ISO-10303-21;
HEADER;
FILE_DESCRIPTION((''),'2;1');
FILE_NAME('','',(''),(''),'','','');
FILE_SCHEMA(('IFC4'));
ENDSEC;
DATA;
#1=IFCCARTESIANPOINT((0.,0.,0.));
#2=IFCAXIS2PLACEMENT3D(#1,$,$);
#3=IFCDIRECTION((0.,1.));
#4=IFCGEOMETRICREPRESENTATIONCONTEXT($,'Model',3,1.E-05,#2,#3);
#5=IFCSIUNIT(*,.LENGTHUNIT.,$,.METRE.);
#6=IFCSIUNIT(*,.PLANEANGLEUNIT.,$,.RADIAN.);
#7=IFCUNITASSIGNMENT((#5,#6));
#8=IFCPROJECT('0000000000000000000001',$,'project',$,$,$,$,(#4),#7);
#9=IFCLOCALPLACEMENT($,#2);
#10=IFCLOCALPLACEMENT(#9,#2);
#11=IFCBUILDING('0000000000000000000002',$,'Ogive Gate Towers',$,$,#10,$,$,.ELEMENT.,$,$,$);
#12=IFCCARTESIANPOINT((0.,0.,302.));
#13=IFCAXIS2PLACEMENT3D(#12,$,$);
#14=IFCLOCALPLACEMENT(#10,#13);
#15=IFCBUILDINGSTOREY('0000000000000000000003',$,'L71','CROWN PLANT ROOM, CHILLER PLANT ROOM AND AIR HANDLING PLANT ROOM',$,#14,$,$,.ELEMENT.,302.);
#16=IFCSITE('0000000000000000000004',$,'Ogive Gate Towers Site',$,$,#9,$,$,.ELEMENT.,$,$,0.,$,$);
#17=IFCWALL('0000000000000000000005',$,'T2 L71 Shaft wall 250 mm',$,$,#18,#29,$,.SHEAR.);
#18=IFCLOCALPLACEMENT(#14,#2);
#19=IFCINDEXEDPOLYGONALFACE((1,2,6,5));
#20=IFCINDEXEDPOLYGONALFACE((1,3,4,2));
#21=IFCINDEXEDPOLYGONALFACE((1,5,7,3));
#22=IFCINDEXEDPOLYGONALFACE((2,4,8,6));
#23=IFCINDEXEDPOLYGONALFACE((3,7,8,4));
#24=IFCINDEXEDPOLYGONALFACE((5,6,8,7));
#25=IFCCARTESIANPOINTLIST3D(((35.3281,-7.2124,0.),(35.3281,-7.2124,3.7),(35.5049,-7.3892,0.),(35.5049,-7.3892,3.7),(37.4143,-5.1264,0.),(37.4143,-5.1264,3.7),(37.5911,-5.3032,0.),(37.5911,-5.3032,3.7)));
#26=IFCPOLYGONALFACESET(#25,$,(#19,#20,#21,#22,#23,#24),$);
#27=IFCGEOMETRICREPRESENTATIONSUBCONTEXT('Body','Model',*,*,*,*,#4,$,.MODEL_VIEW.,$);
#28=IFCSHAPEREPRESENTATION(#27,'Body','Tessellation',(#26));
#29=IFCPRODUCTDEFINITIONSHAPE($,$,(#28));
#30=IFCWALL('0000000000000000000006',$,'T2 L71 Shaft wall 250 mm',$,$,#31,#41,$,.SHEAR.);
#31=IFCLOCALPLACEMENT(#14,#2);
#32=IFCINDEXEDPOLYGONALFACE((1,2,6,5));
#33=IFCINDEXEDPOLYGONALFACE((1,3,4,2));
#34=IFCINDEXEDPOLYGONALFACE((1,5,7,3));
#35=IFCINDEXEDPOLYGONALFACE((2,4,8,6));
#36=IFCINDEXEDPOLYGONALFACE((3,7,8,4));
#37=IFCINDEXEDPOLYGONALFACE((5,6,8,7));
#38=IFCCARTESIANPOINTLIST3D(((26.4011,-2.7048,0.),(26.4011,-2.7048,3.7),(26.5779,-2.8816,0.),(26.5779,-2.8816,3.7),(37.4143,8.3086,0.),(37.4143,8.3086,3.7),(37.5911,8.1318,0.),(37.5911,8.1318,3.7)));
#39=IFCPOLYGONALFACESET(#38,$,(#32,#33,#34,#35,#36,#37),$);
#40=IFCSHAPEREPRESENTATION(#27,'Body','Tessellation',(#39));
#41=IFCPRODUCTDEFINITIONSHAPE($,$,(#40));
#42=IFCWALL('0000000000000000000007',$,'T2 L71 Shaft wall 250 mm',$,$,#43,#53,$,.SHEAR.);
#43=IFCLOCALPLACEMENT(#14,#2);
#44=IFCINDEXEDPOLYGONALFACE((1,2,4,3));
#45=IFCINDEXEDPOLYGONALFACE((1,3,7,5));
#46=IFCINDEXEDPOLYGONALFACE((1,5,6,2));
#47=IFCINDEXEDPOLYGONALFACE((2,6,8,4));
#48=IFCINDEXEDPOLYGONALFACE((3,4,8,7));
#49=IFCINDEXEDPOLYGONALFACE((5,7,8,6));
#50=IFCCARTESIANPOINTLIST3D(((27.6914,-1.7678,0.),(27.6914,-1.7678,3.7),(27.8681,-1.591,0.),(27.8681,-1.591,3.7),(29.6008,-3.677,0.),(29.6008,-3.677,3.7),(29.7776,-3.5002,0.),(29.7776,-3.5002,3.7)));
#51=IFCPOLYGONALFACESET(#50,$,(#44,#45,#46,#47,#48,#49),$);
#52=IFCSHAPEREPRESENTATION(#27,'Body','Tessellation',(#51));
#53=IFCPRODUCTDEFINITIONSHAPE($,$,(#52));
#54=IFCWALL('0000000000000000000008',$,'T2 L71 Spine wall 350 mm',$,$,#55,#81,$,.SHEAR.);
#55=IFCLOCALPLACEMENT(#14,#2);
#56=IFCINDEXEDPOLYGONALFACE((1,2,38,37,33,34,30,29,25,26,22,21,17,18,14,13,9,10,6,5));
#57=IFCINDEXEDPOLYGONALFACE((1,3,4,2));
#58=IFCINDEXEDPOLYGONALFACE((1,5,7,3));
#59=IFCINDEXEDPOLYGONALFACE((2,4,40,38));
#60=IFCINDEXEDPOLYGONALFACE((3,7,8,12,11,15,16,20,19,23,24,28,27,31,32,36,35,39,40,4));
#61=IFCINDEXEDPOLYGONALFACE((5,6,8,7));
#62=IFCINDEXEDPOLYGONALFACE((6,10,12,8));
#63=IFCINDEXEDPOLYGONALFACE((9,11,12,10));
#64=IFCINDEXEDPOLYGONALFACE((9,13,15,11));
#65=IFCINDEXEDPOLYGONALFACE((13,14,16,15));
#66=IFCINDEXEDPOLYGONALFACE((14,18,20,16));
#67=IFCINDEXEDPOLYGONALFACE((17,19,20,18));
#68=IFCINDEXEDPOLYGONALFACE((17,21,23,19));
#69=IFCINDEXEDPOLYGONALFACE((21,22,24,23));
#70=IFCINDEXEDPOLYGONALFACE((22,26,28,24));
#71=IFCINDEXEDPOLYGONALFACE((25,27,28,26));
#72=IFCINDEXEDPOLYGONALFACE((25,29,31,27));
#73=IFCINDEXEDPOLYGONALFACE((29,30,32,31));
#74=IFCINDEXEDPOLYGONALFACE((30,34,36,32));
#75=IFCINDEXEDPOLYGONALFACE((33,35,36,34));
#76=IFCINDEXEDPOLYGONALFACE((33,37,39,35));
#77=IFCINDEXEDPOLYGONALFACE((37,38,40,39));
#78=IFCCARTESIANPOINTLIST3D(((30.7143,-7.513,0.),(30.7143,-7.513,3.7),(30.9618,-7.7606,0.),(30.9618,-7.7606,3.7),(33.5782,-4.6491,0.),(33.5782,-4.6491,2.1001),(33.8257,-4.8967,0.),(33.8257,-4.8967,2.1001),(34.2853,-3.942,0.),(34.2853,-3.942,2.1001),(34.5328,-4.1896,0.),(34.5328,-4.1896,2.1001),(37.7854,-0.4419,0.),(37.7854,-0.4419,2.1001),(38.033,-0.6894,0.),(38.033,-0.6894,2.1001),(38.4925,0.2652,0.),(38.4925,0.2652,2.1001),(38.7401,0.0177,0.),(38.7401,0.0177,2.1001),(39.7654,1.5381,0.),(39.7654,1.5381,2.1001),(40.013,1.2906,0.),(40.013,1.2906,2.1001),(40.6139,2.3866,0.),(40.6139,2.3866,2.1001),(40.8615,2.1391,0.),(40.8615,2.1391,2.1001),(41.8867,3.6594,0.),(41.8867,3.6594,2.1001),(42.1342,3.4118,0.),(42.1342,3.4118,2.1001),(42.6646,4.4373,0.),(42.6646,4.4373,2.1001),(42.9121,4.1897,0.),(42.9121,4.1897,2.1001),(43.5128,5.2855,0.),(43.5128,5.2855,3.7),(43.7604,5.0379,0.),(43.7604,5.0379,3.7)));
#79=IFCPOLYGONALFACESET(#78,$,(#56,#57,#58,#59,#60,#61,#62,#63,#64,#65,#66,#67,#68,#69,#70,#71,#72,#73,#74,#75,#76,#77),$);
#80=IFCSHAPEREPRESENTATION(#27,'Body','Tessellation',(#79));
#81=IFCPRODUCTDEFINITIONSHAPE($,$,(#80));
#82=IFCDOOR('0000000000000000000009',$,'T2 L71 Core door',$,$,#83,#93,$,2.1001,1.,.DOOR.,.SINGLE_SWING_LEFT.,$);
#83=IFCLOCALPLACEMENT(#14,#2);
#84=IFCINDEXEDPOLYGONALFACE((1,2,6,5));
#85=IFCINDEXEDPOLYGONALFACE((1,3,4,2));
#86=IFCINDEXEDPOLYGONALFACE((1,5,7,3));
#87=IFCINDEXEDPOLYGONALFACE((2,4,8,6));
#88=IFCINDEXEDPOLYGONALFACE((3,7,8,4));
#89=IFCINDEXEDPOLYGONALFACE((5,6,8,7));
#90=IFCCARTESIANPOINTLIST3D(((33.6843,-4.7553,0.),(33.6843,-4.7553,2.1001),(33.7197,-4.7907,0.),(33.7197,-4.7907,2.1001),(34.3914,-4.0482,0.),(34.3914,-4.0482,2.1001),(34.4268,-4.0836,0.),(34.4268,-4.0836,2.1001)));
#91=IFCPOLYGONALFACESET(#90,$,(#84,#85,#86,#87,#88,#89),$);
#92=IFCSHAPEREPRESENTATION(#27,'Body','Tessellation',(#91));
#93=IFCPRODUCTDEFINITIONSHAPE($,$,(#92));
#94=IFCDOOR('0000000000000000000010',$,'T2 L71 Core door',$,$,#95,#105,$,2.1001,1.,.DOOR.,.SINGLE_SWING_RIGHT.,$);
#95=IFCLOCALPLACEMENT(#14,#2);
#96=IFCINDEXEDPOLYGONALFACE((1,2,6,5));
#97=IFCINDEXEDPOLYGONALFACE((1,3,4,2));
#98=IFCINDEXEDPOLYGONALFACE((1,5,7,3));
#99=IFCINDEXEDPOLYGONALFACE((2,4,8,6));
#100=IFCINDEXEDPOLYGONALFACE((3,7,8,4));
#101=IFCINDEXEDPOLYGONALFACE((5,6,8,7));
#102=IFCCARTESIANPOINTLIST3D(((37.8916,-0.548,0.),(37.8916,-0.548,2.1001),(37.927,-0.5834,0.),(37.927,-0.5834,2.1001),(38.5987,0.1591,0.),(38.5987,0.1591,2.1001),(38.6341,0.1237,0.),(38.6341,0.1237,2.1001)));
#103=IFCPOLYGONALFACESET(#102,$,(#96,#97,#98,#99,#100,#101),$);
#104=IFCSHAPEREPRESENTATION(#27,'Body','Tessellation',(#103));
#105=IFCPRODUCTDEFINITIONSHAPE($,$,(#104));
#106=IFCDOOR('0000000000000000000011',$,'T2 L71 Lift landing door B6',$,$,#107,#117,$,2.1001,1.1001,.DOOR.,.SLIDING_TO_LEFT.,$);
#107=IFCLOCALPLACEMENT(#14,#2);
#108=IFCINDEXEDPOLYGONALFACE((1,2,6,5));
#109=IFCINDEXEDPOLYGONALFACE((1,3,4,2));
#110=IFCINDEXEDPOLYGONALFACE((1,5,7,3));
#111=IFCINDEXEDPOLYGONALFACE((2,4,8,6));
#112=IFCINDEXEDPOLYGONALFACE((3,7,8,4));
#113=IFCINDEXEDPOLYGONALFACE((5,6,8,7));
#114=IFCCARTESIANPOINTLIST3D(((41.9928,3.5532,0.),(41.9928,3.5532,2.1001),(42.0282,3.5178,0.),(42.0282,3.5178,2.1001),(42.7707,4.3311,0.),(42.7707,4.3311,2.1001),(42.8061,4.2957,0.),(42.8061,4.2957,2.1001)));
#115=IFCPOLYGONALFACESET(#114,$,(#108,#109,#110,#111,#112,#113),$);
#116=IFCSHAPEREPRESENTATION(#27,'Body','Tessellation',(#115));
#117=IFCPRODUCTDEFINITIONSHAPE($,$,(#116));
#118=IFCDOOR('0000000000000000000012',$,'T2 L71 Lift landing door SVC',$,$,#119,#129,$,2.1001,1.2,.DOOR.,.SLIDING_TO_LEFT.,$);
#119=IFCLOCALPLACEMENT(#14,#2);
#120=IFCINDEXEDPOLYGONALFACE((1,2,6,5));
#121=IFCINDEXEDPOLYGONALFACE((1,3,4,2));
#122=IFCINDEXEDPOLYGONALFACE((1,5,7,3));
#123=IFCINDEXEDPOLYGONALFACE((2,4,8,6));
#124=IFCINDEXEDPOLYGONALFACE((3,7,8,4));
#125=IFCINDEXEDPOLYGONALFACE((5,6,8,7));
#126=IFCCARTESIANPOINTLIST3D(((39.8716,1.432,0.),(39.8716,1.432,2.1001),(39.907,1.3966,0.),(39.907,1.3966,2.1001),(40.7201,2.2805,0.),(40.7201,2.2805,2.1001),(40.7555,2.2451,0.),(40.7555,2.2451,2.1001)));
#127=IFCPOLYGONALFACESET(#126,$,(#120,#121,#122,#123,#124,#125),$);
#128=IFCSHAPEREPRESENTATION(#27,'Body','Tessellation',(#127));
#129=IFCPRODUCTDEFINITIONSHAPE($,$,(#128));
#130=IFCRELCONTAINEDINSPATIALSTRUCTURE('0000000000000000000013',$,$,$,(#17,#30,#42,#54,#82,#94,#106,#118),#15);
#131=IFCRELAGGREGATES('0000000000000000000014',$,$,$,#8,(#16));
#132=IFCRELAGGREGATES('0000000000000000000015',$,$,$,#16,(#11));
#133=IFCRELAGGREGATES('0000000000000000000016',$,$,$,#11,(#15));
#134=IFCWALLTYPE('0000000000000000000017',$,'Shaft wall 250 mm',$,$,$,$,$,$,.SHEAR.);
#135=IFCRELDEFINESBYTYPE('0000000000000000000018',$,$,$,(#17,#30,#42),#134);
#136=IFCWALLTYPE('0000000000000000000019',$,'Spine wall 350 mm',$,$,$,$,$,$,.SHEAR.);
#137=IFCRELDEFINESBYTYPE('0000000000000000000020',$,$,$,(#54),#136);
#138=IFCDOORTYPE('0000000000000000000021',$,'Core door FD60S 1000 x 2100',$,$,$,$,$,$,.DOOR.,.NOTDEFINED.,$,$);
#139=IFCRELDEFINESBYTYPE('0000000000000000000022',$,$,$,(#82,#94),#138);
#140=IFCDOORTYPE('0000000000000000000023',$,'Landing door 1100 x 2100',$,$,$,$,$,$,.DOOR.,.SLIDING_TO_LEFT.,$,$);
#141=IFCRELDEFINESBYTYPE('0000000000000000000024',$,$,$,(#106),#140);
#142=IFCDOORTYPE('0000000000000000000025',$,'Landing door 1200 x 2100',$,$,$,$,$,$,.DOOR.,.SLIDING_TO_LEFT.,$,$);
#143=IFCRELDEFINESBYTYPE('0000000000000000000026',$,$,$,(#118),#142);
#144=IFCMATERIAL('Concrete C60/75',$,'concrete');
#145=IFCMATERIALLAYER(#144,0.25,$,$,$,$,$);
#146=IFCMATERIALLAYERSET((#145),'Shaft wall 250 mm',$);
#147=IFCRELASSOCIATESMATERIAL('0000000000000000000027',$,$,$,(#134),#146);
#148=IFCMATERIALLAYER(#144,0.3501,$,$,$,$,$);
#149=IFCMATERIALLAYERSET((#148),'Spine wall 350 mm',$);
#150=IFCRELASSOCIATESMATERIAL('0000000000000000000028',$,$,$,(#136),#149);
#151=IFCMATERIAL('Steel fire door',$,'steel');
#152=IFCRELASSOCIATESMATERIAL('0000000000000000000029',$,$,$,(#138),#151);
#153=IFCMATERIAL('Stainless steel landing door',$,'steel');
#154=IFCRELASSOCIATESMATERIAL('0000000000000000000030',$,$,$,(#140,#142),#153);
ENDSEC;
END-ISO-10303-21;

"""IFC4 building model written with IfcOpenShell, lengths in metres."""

from ifc_helpers import new_model, si_unit, direction, frame, frame_2d, origin, place, context, subcontext, project, spatial, rectangle, extrude, material, layer, layer_set, type_object, element, fill, save


model = new_model("IFC4")

# Units and contexts
model_context = context("Model", 3, precision=1e-05, world=origin(), true_north=direction((0.0, 1.0)))
body_context = subcontext(model_context, "Body", "Model", "MODEL_VIEW")
ifc_project = project(units=[si_unit("LENGTHUNIT", "METRE"), si_unit("PLANEANGLEUNIT", "RADIAN")], contexts=[model_context])

# Site, building, storey
site_placement = place(None, origin())
site = spatial("IfcSite", under=ifc_project, at=site_placement, Name="Ogive Gate Towers Site", CompositionType="ELEMENT", RefElevation=0.0)
building_placement = place(site_placement, origin())
building = spatial("IfcBuilding", under=site, at=building_placement, Name="Ogive Gate Towers", CompositionType="ELEMENT")
storey_placement = place(building_placement, frame((0.0, 0.0, 302.0)))
storey = spatial("IfcBuildingStorey", under=building, at=storey_placement, Name="L71", Description="CROWN PLANT ROOM, CHILLER PLANT ROOM AND AIR HANDLING PLANT ROOM", CompositionType="ELEMENT", Elevation=302.0)

# Walls
ifc_material_1 = material(Name="Concrete C60/75", Category="concrete")
ifc_layer_1 = layer(ifc_material_1, 0.25)
ifc_layer_set_1 = layer_set([ifc_layer_1], Name="Shaft wall 250 mm")
wall_type_1 = type_object("IfcWallType", Name="Shaft wall 250 mm", PredefinedType="SHEAR", material=ifc_layer_set_1)
wall_1_placement = place(storey_placement, frame((35.4165, -7.3008, 0.0), z_axis=(0.0, 0.0, 1.0), x_axis=(0.707148, 0.707065, 0.0)))
element("IfcWall", 1, at=wall_1_placement, inside=storey, type_object=wall_type_1, Name="T2 L71 Shaft wall 250 mm", PredefinedType="SHEAR", context=body_context, shape_type="SweptSolid", body=[
    extrude(rectangle(XDim=2.9502, YDim=0.25, at=frame_2d((1.4751, 0.0))), origin(), (0.0, 0.0, 1.0), 3.7),
])
wall_2_placement = place(storey_placement, frame((26.4895, -2.7932, 0.0), z_axis=(0.0, 0.0, 1.0), x_axis=(0.707099, 0.707115, 0.0)))
element("IfcWall", 2, at=wall_2_placement, inside=storey, type_object=wall_type_1, Name="T2 L71 Shaft wall 250 mm", PredefinedType="SHEAR", context=body_context, shape_type="SweptSolid", body=[
    extrude(rectangle(XDim=15.5752, YDim=0.25, at=frame_2d((7.7876, 0.0))), origin(), (0.0, 0.0, 1.0), 3.7),
])
wall_3_placement = place(storey_placement, frame((29.6892, -3.5886, 0.0), z_axis=(0.0, 0.0, 1.0), x_axis=(-0.707152, 0.707062, 0.0)))
element("IfcWall", 3, at=wall_3_placement, inside=storey, type_object=wall_type_1, Name="T2 L71 Shaft wall 250 mm", PredefinedType="SHEAR", context=body_context, shape_type="SweptSolid", body=[
    extrude(rectangle(XDim=2.7002, YDim=0.25, at=frame_2d((1.3501, 0.0))), origin(), (0.0, 0.0, 1.0), 3.7),
])

# Wall, openings, doors
ifc_layer_2 = layer(ifc_material_1, 0.3501)
ifc_layer_set_2 = layer_set([ifc_layer_2], Name="Spine wall 350 mm")
wall_type_2 = type_object("IfcWallType", Name="Spine wall 350 mm", PredefinedType="SHEAR", material=ifc_layer_set_2)
wall_4_placement = place(storey_placement, frame((30.8381, -7.6367, 0.0), z_axis=(0.0, 0.0, 1.0), x_axis=(0.707107, 0.707107, 0.0)))
wall_4 = element("IfcWall", 4, at=wall_4_placement, inside=storey, type_object=wall_type_2, Name="T2 L71 Spine wall 350 mm", PredefinedType="SHEAR", context=body_context, shape_type="SweptSolid", body=[
    extrude(rectangle(XDim=18.0999, YDim=0.3501, at=frame_2d((9.0498, 0.0))), origin(), (0.0, 0.0, 1.0), 3.7),
])
opening_1_placement = place(wall_4_placement, frame((12.8, 0.0, 0.0)))
opening_1 = element("IfcOpeningElement", 5, at=opening_1_placement, cuts=wall_4, PredefinedType="OPENING", context=body_context, shape_type="SweptSolid", body=[
    extrude(rectangle(XDim=1.2, YDim=2.1001, at=frame_2d((0.6001, 1.05))), frame((0.0, 0.1851, 0.0), z_axis=(0.0, -1.0, 0.0), x_axis=(1.0, 0.0, 0.0)), (0.0, 0.0, 1.0), 0.3701),
])
opening_2_placement = place(wall_4_placement, frame((15.8, 0.0, 0.0)))
opening_2 = element("IfcOpeningElement", 6, at=opening_2_placement, cuts=wall_4, PredefinedType="OPENING", context=body_context, shape_type="SweptSolid", body=[
    extrude(rectangle(XDim=1.1001, YDim=2.1001, at=frame_2d((0.55, 1.05))), frame((0.0, 0.1851, 0.0), z_axis=(0.0, -1.0, 0.0), x_axis=(1.0, 0.0, 0.0)), (0.0, 0.0, 1.0), 0.3701),
])
opening_3_placement = place(wall_4_placement, frame((4.05, 0.0, 0.0)))
opening_3 = element("IfcOpeningElement", 7, at=opening_3_placement, cuts=wall_4, PredefinedType="OPENING", context=body_context, shape_type="SweptSolid", body=[
    extrude(rectangle(XDim=1.0, YDim=2.1001, at=frame_2d((0.5, 1.05))), frame((0.0, 0.1851, 0.0), z_axis=(0.0, -1.0, 0.0), x_axis=(1.0, 0.0, 0.0)), (0.0, 0.0, 1.0), 0.3701),
])
opening_4_placement = place(wall_4_placement, frame((10.0, 0.0, 0.0)))
opening_4 = element("IfcOpeningElement", 8, at=opening_4_placement, cuts=wall_4, PredefinedType="OPENING", context=body_context, shape_type="SweptSolid", body=[
    extrude(rectangle(XDim=1.0, YDim=2.1001, at=frame_2d((0.5, 1.05))), frame((0.0, 0.1851, 0.0), z_axis=(0.0, -1.0, 0.0), x_axis=(1.0, 0.0, 0.0)), (0.0, 0.0, 1.0), 0.3701),
])
ifc_material_2 = material(Name="Steel fire door", Category="steel")
door_type_1 = type_object("IfcDoorType", Name="Core door FD60S 1000 x 2100", OperationType="NOTDEFINED", PredefinedType="DOOR", material=ifc_material_2)
door_1_placement = place(opening_3_placement, origin())
door_1 = element("IfcDoor", 9, at=door_1_placement, inside=storey, type_object=door_type_1, Name="T2 L71 Core door", OperationType="SINGLE_SWING_LEFT", OverallHeight=2.1001, OverallWidth=1.0, PredefinedType="DOOR", context=body_context, shape_type="SweptSolid", body=[
    extrude(rectangle(XDim=1.0, YDim=2.1001, at=frame_2d((0.5, 1.05))), frame((0.0, 0.0249, 0.0), z_axis=(0.0, -1.0, 0.0), x_axis=(1.0, 0.0, 0.0)), (0.0, 0.0, 1.0), 0.05),
])
fill(opening_3, door_1)
door_2_placement = place(opening_4_placement, origin())
door_2 = element("IfcDoor", 10, at=door_2_placement, inside=storey, type_object=door_type_1, Name="T2 L71 Core door", OperationType="SINGLE_SWING_RIGHT", OverallHeight=2.1001, OverallWidth=1.0, PredefinedType="DOOR", context=body_context, shape_type="SweptSolid", body=[
    extrude(rectangle(XDim=1.0, YDim=2.1001, at=frame_2d((0.5, 1.05))), frame((0.0, 0.0249, 0.0), z_axis=(0.0, -1.0, 0.0), x_axis=(1.0, 0.0, 0.0)), (0.0, 0.0, 1.0), 0.05),
])
fill(opening_4, door_2)
ifc_material_3 = material(Name="Stainless steel landing door", Category="steel")
door_type_2 = type_object("IfcDoorType", Name="Landing door 1100 x 2100", OperationType="SLIDING_TO_LEFT", PredefinedType="DOOR", material=ifc_material_3)
door_3_placement = place(opening_2_placement, origin())
door_3 = element("IfcDoor", 11, at=door_3_placement, inside=storey, type_object=door_type_2, Name="T2 L71 Lift landing door B6", OperationType="SLIDING_TO_LEFT", OverallHeight=2.1001, OverallWidth=1.1001, PredefinedType="DOOR", context=body_context, shape_type="SweptSolid", body=[
    extrude(rectangle(XDim=1.1001, YDim=2.1001, at=frame_2d((0.55, 1.05))), frame((0.0, 0.0249, 0.0), z_axis=(0.0, -1.0, 0.0), x_axis=(1.0, 0.0, 0.0)), (0.0, 0.0, 1.0), 0.05),
])
fill(opening_2, door_3)
door_type_3 = type_object("IfcDoorType", Name="Landing door 1200 x 2100", OperationType="SLIDING_TO_LEFT", PredefinedType="DOOR", material=ifc_material_3)
door_4_placement = place(opening_1_placement, origin())
door_4 = element("IfcDoor", 12, at=door_4_placement, inside=storey, type_object=door_type_3, Name="T2 L71 Lift landing door SVC", OperationType="SLIDING_TO_LEFT", OverallHeight=2.1001, OverallWidth=1.2, PredefinedType="DOOR", context=body_context, shape_type="SweptSolid", body=[
    extrude(rectangle(XDim=1.2, YDim=2.1001, at=frame_2d((0.6001, 1.05))), frame((0.0, 0.0249, 0.0), z_axis=(0.0, -1.0, 0.0), x_axis=(1.0, 0.0, 0.0)), (0.0, 0.0, 1.0), 0.05),
])
fill(opening_1, door_4)

save(model, "model.ifc")
